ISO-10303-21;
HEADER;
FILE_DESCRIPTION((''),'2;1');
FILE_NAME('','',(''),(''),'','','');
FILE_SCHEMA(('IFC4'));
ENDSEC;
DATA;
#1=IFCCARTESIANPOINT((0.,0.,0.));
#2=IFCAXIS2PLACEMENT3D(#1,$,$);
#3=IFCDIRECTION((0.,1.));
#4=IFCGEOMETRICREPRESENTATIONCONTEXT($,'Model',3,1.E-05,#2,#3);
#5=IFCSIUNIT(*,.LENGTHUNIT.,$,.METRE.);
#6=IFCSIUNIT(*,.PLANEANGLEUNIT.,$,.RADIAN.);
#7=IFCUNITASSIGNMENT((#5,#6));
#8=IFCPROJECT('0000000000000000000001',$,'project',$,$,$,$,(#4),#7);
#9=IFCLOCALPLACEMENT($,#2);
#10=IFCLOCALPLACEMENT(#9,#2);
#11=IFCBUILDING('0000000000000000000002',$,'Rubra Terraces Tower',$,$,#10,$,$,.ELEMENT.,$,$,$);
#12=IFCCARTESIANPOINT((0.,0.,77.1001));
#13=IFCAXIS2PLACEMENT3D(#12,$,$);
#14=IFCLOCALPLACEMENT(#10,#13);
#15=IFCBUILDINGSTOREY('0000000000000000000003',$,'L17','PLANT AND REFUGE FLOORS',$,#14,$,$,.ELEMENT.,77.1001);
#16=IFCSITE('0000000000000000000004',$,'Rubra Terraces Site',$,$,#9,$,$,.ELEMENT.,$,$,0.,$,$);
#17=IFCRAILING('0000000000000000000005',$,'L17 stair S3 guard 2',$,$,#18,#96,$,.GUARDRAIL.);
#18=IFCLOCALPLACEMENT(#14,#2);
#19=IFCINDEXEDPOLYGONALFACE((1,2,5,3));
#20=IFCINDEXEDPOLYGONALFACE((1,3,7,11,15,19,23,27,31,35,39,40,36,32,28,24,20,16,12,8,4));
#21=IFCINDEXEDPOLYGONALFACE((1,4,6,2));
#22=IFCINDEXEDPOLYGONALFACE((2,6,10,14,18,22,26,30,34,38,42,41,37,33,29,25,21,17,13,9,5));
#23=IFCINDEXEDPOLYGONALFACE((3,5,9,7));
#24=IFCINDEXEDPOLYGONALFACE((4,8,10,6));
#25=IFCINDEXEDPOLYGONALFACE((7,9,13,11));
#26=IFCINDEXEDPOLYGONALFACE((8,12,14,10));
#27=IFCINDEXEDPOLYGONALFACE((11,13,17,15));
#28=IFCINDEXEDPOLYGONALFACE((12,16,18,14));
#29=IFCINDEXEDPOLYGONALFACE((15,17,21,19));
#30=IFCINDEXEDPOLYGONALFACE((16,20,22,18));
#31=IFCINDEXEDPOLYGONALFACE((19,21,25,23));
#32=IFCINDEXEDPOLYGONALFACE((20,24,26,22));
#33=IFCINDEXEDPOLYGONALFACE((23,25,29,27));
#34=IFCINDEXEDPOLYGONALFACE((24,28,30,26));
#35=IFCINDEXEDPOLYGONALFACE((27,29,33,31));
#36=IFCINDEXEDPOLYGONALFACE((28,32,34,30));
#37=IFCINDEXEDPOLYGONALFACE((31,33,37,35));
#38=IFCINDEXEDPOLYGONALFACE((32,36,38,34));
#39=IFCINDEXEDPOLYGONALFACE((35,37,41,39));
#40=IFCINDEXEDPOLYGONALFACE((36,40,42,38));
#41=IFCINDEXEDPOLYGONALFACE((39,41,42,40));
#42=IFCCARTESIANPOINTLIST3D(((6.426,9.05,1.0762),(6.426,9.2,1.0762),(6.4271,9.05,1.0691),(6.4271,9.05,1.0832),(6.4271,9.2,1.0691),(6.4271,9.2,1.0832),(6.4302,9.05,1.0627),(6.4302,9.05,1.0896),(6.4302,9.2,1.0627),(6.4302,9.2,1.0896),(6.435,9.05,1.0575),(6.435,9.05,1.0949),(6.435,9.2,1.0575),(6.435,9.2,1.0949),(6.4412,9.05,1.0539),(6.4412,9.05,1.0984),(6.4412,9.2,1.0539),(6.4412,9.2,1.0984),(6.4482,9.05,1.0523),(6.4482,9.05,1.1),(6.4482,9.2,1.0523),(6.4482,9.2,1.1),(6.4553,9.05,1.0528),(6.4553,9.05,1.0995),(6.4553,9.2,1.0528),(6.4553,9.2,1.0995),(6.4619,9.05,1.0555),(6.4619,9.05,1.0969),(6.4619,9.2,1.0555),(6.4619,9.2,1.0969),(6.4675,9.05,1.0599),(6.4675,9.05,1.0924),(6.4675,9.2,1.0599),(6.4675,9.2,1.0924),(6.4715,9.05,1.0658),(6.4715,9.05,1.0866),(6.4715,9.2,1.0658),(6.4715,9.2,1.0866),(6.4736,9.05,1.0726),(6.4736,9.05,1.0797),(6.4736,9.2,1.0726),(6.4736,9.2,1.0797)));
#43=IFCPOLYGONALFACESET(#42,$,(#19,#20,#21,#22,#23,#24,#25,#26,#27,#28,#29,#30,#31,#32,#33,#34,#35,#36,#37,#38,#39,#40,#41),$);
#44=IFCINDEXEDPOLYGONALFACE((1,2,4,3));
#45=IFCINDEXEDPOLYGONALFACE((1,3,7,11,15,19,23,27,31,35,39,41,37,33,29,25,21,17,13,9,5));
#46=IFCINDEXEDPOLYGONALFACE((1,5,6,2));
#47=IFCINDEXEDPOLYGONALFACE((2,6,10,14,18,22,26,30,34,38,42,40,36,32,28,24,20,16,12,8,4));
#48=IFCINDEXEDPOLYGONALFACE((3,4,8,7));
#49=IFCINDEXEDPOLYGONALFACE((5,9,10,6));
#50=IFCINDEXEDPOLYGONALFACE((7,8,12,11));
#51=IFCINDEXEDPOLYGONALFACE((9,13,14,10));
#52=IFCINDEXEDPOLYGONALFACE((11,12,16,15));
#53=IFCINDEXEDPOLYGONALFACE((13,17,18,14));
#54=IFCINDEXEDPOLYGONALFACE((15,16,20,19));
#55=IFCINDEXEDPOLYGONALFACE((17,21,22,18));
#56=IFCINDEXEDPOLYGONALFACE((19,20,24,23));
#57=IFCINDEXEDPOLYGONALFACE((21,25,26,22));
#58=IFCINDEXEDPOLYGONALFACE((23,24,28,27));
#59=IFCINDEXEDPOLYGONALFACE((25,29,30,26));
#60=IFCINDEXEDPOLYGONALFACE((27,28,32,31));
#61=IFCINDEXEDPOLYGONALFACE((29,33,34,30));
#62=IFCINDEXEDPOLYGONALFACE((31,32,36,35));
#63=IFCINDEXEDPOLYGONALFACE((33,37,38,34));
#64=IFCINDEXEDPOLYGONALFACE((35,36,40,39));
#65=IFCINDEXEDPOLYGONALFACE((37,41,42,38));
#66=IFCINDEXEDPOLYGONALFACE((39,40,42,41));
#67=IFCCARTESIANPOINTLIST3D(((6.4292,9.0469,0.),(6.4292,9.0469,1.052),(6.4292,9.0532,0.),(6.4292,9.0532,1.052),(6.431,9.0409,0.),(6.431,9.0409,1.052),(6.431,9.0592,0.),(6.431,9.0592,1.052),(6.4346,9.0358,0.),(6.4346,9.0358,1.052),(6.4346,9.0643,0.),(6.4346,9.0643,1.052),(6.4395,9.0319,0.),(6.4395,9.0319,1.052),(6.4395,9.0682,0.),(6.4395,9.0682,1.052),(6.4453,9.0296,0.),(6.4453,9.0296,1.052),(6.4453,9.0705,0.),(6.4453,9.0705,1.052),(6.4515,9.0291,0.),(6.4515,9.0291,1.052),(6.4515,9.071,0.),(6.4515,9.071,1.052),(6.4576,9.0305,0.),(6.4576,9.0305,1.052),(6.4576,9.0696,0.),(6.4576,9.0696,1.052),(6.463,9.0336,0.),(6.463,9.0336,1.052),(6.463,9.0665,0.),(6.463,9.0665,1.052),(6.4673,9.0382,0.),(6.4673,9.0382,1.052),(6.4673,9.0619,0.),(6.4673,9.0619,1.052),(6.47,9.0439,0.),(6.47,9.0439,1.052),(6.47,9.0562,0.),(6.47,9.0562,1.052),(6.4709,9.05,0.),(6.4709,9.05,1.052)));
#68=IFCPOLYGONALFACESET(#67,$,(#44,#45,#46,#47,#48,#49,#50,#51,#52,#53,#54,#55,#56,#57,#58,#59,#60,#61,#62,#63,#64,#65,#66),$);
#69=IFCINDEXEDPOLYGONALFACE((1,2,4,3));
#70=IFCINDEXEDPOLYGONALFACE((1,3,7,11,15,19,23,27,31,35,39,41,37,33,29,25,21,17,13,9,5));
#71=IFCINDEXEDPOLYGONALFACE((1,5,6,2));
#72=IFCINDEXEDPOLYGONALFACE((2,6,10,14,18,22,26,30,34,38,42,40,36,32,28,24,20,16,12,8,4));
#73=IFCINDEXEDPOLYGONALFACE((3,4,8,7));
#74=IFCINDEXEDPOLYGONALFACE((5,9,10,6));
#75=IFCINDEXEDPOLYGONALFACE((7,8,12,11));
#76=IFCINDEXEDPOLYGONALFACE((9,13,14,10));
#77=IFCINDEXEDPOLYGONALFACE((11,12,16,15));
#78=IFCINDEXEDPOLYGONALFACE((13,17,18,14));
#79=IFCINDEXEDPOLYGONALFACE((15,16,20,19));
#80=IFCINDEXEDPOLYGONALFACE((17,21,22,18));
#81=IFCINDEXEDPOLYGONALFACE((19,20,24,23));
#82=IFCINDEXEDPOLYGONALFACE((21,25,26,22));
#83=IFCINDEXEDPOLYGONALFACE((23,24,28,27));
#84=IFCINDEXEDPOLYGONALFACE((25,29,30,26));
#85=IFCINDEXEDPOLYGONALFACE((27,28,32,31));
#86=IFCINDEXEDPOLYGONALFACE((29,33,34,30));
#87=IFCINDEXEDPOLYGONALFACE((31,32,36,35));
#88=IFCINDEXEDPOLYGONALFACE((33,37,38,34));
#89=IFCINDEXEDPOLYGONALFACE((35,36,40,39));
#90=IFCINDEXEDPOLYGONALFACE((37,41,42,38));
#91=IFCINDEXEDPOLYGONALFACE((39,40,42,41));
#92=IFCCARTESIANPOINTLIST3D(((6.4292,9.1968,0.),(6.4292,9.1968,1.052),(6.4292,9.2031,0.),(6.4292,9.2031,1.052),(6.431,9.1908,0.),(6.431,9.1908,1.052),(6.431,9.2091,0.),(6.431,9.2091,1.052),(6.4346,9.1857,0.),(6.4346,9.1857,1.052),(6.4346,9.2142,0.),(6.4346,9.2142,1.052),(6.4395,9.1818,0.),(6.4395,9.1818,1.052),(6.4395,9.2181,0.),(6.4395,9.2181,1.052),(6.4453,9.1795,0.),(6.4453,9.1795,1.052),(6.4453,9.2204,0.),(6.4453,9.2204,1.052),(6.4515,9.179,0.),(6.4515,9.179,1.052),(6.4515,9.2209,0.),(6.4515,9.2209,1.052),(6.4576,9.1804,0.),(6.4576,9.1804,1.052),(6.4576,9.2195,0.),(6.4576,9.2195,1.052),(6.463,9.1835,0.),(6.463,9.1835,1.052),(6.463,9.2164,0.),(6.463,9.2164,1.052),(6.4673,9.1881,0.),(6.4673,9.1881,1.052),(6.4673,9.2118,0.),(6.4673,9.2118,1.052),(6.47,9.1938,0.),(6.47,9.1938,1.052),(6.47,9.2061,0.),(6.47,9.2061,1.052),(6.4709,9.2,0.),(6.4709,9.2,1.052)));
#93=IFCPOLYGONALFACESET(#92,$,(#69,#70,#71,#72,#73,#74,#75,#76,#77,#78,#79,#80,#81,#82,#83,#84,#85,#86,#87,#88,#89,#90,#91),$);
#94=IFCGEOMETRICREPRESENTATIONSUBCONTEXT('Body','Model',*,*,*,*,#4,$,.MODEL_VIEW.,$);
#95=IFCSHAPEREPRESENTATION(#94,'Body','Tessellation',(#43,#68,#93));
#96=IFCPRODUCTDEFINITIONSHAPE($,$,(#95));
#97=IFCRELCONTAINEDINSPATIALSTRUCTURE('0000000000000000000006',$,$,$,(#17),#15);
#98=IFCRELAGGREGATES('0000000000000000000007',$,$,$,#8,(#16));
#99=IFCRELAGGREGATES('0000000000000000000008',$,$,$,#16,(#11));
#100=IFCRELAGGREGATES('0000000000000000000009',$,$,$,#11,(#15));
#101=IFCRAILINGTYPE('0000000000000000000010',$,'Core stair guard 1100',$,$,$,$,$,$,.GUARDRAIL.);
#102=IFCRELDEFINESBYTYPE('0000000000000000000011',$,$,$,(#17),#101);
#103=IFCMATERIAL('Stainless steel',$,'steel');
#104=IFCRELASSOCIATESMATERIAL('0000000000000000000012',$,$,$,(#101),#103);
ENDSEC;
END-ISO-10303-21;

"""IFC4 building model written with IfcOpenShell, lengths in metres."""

from ifc_helpers import new_model, si_unit, direction, frame, origin, origin_2d, place, context, subcontext, project, spatial, circle, extrude, material, type_object, element, save


model = new_model("IFC4")

# Units and contexts
model_context = context("Model", 3, precision=1e-05, world=origin(), true_north=direction((0.0, 1.0)))
body_context = subcontext(model_context, "Body", "Model", "MODEL_VIEW")
ifc_project = project(units=[si_unit("LENGTHUNIT", "METRE"), si_unit("PLANEANGLEUNIT", "RADIAN")], contexts=[model_context])

# Site, building, storey
site_placement = place(None, origin())
site = spatial("IfcSite", under=ifc_project, at=site_placement, Name="Rubra Terraces Site", CompositionType="ELEMENT", RefElevation=0.0)
building_placement = place(site_placement, origin())
building = spatial("IfcBuilding", under=site, at=building_placement, Name="Rubra Terraces Tower", CompositionType="ELEMENT")
storey_placement = place(building_placement, frame((0.0, 0.0, 77.1001)))
storey = spatial("IfcBuildingStorey", under=building, at=storey_placement, Name="L17", Description="PLANT AND REFUGE FLOORS", CompositionType="ELEMENT", Elevation=77.1001)

# Shared definitions
ifc_material_1 = material(Name="Stainless steel", Category="steel")

# Railing
railing_type_1 = type_object("IfcRailingType", Name="Core stair guard 1100", PredefinedType="GUARDRAIL", material=ifc_material_1)
railing_1_placement = place(storey_placement, frame((6.45, 9.05, 0.0)))
element("IfcRailing", 1, at=railing_1_placement, inside=storey, type_object=railing_type_1, Name="L17 stair S3 guard 2", PredefinedType="GUARDRAIL", context=body_context, shape_type="SweptSolid", body=[
    extrude(circle(Radius=0.0239, at=origin_2d()), frame((0.0, 0.0, 1.0762), z_axis=(0.0, 1.0, 0.0), x_axis=(-1.0, 0.0, 0.0)), (0.0, 0.0, 1.0), 0.1499),
    extrude(circle(Radius=0.021, at=origin_2d()), origin(), (0.0, 0.0, 1.0), 1.052),
    extrude(circle(Radius=0.021, at=origin_2d()), frame((0.0, 0.1499, 0.0)), (0.0, 0.0, 1.0), 1.052),
])

save(model, "model.ifc")
